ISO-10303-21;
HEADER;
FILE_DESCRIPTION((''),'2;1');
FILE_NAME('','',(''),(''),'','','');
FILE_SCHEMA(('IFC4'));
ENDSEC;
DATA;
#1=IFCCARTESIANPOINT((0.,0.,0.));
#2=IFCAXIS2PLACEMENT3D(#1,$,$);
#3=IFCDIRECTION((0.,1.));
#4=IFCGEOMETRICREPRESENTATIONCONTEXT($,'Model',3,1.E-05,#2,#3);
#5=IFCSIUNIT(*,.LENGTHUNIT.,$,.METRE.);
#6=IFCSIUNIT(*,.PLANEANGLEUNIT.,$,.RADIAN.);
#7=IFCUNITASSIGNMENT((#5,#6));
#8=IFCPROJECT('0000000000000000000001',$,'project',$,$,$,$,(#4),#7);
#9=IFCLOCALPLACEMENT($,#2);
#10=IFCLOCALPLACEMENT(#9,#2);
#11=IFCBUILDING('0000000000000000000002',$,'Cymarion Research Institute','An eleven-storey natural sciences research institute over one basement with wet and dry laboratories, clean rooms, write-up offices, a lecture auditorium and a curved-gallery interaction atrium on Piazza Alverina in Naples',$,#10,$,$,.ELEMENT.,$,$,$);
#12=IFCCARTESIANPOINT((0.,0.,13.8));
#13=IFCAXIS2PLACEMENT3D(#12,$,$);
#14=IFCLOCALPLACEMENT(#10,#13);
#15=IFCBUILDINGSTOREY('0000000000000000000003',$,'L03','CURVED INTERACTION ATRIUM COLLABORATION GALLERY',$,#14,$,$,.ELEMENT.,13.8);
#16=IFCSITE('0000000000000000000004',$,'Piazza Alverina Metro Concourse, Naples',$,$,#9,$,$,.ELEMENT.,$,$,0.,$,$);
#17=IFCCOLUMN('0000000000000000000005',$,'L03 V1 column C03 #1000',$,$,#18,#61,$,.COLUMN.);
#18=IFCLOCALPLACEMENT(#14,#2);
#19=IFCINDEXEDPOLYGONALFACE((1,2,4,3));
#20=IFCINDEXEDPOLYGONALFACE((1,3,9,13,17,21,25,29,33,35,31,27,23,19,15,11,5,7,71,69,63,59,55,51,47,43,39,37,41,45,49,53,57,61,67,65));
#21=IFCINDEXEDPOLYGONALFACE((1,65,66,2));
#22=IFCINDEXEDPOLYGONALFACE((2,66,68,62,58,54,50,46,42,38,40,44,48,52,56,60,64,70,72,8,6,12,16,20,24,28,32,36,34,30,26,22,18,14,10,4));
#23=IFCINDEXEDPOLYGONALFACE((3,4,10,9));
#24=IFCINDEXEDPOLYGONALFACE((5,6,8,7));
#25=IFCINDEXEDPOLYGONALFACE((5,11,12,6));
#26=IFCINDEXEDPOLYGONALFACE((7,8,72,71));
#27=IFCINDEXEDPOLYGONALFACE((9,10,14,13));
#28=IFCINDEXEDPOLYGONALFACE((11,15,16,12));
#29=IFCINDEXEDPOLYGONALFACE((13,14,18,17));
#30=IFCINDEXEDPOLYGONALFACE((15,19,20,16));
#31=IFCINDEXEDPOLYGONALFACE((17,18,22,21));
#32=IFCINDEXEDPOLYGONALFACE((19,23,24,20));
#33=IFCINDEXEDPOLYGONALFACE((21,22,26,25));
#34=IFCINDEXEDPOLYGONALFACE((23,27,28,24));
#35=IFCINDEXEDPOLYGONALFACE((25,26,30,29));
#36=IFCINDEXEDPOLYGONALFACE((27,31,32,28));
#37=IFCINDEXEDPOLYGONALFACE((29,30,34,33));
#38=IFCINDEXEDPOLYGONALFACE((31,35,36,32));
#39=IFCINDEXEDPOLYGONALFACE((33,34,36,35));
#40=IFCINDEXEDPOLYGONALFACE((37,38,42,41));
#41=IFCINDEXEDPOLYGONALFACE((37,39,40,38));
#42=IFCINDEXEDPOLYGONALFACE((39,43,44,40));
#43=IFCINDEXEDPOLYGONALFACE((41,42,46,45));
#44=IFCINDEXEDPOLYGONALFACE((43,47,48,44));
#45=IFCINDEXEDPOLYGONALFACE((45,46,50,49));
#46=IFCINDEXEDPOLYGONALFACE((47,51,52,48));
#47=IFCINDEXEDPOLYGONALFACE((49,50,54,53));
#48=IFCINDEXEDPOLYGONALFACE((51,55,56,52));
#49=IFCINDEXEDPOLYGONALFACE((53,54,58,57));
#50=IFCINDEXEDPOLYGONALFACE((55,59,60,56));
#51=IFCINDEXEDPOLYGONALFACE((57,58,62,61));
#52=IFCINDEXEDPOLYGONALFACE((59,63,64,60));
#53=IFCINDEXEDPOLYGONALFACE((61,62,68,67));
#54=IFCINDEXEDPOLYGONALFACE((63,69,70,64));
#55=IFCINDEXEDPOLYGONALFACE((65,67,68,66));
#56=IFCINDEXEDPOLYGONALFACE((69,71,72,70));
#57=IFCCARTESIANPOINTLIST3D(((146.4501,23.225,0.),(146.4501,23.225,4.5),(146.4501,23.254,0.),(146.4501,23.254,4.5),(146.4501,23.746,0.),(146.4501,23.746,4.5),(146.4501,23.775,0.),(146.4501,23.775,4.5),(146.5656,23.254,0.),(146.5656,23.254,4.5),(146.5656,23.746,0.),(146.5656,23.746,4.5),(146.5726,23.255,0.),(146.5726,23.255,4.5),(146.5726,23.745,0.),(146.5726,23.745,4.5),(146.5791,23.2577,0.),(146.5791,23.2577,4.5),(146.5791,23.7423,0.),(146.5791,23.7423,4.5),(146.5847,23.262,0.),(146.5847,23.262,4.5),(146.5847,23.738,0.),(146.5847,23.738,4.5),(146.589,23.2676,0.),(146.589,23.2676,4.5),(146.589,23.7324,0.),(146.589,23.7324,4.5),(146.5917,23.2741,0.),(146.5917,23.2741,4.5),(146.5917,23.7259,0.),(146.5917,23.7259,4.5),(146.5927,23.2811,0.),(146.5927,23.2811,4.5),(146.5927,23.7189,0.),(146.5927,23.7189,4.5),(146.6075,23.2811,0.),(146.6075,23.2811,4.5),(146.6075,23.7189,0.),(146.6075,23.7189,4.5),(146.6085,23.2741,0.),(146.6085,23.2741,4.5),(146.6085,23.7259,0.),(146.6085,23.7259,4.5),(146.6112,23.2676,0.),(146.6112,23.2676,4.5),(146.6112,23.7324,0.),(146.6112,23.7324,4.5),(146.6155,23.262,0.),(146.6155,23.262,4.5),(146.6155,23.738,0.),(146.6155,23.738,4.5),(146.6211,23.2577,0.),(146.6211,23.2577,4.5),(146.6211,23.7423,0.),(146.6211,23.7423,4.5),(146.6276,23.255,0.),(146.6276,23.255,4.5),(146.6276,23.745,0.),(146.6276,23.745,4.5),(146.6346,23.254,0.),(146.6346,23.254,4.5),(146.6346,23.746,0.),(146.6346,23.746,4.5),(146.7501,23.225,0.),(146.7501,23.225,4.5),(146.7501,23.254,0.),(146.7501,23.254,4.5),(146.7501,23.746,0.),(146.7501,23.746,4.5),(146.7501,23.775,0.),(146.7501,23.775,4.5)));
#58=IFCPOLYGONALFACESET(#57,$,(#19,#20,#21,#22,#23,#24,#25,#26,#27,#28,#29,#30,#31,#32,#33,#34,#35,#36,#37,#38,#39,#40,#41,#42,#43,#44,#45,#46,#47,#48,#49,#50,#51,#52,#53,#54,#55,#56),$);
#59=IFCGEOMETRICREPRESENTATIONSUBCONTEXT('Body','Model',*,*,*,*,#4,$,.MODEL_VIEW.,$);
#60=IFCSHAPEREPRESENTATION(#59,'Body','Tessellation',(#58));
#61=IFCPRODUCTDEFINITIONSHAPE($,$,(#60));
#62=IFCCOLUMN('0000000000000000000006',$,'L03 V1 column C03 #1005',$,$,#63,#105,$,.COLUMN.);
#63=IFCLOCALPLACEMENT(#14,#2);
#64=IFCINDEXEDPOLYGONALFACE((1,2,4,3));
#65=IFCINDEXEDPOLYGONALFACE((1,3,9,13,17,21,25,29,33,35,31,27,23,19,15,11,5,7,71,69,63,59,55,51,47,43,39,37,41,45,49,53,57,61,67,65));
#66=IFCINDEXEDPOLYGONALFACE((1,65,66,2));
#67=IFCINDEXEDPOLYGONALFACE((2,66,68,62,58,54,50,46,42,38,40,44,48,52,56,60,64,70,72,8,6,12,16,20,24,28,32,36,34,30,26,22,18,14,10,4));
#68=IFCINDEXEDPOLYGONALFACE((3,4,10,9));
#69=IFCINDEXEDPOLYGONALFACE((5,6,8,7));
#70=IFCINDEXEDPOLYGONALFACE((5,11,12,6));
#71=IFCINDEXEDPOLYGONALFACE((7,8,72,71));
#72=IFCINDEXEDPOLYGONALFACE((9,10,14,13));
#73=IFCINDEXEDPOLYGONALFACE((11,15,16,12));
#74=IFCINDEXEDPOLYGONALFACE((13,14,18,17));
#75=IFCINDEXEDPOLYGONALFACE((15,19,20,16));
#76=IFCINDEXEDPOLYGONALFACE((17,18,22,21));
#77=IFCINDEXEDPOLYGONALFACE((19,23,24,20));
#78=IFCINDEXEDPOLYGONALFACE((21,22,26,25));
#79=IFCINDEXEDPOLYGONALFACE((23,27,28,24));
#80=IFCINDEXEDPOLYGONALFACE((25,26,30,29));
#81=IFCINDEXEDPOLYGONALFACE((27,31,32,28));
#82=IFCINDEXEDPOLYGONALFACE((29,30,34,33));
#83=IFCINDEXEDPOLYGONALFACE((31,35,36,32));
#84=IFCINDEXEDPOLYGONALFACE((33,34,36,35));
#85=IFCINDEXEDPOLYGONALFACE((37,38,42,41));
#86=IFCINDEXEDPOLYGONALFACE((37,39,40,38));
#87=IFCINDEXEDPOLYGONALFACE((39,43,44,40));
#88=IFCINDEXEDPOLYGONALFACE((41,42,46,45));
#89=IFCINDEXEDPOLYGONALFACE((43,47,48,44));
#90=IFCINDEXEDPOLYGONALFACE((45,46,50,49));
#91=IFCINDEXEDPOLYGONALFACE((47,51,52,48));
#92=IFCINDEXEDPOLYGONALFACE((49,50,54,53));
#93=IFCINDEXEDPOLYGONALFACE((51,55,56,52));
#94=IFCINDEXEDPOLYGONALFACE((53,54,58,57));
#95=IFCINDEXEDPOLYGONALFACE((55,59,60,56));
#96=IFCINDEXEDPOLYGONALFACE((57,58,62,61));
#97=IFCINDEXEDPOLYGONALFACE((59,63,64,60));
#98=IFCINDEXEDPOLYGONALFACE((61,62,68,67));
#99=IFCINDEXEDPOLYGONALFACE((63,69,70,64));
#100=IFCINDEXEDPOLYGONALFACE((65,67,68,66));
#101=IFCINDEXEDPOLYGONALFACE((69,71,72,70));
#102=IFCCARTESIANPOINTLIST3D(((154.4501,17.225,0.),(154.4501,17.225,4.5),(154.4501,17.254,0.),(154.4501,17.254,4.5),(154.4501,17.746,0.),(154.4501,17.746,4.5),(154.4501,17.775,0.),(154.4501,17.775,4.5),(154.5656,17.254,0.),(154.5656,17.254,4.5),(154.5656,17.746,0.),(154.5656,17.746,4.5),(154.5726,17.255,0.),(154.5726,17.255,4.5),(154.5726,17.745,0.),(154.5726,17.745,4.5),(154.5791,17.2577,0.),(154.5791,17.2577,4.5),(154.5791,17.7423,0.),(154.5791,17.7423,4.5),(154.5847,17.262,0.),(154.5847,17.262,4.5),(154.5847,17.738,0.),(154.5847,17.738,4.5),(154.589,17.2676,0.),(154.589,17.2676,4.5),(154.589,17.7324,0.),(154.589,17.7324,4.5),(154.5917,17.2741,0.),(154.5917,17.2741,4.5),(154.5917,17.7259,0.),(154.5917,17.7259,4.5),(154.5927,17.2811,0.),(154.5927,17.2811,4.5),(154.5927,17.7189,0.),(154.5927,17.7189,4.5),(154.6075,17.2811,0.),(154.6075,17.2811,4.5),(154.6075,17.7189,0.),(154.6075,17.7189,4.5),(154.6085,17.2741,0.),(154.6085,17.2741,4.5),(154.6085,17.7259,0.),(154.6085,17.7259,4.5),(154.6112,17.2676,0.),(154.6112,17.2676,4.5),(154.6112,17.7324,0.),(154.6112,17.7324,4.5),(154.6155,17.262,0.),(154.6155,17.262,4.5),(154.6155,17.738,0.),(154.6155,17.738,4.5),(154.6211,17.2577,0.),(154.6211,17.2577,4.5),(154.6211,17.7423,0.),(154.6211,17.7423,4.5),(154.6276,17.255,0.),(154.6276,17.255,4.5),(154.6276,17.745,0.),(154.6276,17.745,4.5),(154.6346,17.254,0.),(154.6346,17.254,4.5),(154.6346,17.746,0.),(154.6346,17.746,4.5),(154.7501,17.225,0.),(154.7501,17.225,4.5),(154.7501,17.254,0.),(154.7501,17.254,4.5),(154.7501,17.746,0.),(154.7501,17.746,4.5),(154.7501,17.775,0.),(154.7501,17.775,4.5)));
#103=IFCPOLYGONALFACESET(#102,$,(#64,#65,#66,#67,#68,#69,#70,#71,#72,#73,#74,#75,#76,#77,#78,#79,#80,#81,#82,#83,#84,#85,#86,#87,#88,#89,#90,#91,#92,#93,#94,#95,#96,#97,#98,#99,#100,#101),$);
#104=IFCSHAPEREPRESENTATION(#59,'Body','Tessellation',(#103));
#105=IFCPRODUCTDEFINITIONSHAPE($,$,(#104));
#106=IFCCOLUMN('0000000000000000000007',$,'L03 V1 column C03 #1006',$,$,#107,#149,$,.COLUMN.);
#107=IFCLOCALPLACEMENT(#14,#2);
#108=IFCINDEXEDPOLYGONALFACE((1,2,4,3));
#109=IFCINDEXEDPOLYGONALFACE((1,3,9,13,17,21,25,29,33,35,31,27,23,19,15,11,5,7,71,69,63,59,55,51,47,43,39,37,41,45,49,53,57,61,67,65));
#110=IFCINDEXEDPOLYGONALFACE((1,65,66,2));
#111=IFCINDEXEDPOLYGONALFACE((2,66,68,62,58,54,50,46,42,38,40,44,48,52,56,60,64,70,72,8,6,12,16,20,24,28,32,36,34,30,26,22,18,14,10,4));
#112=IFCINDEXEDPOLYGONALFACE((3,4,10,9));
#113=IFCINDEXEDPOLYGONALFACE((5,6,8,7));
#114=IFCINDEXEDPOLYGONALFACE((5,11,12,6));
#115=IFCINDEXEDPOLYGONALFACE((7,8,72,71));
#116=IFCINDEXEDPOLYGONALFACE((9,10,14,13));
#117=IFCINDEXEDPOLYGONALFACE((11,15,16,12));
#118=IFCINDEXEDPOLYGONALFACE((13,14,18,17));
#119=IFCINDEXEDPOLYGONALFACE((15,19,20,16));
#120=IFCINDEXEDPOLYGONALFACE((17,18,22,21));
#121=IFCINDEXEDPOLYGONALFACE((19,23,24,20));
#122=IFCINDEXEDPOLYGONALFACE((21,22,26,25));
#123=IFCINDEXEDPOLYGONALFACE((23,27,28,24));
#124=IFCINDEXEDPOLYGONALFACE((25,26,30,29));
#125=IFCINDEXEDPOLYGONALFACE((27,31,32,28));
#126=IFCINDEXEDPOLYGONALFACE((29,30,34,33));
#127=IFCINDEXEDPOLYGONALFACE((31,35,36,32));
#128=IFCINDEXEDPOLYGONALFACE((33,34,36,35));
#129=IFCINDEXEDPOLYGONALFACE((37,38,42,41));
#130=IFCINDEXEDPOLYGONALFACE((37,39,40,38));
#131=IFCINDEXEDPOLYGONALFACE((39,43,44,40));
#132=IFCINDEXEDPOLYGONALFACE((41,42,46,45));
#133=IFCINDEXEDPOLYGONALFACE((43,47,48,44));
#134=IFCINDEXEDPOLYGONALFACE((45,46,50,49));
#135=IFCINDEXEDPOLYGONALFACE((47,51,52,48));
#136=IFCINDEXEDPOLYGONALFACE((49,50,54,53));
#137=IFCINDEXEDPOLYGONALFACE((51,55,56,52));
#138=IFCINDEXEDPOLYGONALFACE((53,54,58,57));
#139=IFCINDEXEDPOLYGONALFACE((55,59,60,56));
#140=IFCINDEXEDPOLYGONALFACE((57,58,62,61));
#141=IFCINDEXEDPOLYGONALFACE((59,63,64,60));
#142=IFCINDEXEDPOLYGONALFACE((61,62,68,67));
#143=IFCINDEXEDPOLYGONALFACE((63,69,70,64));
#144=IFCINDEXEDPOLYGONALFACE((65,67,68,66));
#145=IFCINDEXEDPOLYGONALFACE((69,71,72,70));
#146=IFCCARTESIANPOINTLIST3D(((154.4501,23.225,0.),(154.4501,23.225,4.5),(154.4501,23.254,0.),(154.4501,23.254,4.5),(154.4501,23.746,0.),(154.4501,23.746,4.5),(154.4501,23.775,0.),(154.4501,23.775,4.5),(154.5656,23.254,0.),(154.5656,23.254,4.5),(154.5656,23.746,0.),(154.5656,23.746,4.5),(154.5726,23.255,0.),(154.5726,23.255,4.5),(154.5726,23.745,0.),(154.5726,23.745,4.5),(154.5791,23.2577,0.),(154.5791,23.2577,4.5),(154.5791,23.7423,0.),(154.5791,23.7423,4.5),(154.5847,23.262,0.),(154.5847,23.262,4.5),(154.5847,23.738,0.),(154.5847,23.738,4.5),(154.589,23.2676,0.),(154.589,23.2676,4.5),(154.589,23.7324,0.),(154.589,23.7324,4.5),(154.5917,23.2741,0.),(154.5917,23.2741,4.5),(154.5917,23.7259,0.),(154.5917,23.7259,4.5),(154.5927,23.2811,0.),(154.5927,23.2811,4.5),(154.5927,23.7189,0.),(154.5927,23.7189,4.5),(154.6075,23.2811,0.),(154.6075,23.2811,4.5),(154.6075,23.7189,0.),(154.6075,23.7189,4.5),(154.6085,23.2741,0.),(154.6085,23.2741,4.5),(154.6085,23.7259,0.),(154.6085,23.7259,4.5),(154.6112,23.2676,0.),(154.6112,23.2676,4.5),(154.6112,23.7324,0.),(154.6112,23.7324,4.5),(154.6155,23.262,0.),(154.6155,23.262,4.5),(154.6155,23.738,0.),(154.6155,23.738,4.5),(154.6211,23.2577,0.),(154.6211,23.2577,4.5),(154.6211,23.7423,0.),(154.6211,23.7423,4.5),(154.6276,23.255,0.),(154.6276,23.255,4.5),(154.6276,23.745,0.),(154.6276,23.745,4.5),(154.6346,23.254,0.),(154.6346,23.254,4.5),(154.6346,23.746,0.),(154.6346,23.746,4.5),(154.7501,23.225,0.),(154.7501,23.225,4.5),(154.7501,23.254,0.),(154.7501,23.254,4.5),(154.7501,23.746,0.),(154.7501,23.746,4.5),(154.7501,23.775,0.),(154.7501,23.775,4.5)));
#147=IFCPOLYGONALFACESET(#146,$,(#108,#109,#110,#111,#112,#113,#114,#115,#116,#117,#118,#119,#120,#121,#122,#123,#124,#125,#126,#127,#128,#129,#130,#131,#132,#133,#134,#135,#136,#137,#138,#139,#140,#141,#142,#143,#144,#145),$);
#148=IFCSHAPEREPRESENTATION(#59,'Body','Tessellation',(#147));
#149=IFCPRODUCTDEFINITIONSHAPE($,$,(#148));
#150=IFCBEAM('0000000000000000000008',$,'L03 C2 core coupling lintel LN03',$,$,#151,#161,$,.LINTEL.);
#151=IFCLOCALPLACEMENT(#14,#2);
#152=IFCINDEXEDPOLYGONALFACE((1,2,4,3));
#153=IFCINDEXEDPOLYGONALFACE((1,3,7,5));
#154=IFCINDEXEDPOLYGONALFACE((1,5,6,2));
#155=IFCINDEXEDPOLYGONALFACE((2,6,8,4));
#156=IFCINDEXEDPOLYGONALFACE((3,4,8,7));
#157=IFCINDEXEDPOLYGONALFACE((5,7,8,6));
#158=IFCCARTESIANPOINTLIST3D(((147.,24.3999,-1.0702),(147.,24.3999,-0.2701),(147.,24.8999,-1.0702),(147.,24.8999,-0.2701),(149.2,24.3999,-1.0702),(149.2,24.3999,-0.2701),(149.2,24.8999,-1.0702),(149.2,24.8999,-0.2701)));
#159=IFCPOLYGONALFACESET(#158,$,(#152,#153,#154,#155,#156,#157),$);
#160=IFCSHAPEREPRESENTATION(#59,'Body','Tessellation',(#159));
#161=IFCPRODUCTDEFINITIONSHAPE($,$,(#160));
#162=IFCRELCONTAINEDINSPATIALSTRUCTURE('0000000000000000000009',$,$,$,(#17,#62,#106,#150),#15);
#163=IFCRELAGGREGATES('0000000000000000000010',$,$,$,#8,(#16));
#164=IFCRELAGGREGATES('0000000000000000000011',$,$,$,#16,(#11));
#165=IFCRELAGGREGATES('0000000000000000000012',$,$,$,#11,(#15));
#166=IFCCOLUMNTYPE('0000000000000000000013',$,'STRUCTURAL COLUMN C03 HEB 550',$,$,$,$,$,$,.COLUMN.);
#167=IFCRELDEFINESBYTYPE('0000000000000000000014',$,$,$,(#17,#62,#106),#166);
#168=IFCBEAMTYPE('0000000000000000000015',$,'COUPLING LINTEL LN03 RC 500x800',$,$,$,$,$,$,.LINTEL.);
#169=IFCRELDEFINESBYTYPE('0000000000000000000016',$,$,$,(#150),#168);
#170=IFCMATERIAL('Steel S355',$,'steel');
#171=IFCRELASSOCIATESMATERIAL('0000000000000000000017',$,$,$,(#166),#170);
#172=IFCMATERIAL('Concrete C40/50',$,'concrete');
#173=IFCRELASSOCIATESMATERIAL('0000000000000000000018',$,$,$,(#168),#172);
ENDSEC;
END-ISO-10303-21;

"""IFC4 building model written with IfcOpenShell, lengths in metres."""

from ifc_helpers import new_model, si_unit, direction, frame, origin, origin_2d, place, context, subcontext, project, spatial, rectangle, i_section, extrude, material, material_profile, profile_set, type_object, element, save


model = new_model("IFC4")

# Units and contexts
model_context = context("Model", 3, precision=1e-05, world=origin(), true_north=direction((0.0, 1.0)))
body_context = subcontext(model_context, "Body", "Model", "MODEL_VIEW")
ifc_project = project(units=[si_unit("LENGTHUNIT", "METRE"), si_unit("PLANEANGLEUNIT", "RADIAN")], contexts=[model_context])

# Site, building, storey
site_placement = place(None, origin())
site = spatial("IfcSite", under=ifc_project, at=site_placement, Name="Piazza Alverina Metro Concourse, Naples", CompositionType="ELEMENT", RefElevation=0.0)
building_placement = place(site_placement, origin())
building = spatial("IfcBuilding", under=site, at=building_placement, Name="Cymarion Research Institute", Description="An eleven-storey natural sciences research institute over one basement with wet and dry laboratories, clean rooms, write-up offices, a lecture auditorium and a curved-gallery interaction atrium on Piazza Alverina in Naples", CompositionType="ELEMENT")
storey_placement = place(building_placement, frame((0.0, 0.0, 13.8)))
storey = spatial("IfcBuildingStorey", under=building, at=storey_placement, Name="L03", Description="CURVED INTERACTION ATRIUM COLLABORATION GALLERY", CompositionType="ELEMENT", Elevation=13.8)

# Columns
ifc_material_1 = material(Name="Steel S355", Category="steel")
ifc_material_profile_1 = material_profile(ifc_material_1, i_section(OverallWidth=0.3, OverallDepth=0.55, WebThickness=0.0149, FlangeThickness=0.0291, FilletRadius=0.0271, at=origin_2d()), Name="HEB 550")
ifc_profile_set_1 = profile_set([ifc_material_profile_1], Name="Steel S355")
column_type = type_object("IfcColumnType", Name="STRUCTURAL COLUMN C03 HEB 550", PredefinedType="COLUMN", material=ifc_profile_set_1)
for number, where, z_axis, x_axis, name in (
    (1, (146.6001, 23.5, 0.0), (0.0, 0.0, 1.0), (1.0, 0.0, 0.0), "L03 V1 column C03 #1000"),
    (2, (154.6001, 17.5, 0.0), (0.0, 0.0, 1.0), (1.0, 0.0, 0.0), "L03 V1 column C03 #1005"),
    (3, (154.6001, 23.5, 0.0), (0.0, 0.0, 1.0), (1.0, 0.0, 0.0), "L03 V1 column C03 #1006"),
):
    element("IfcColumn", number, at=place(storey_placement, frame(where, z_axis=z_axis, x_axis=x_axis)), inside=storey, type_object=column_type, Name=name, PredefinedType="COLUMN", context=body_context, shape_type="SweptSolid", body=[
        extrude(i_section(OverallWidth=0.3, OverallDepth=0.55, WebThickness=0.0149, FlangeThickness=0.0291, FilletRadius=0.0271, at=origin_2d()), origin(), (0.0, 0.0, 1.0), 4.5),
    ])

# Beam
ifc_material_2 = material(Name="Concrete C40/50", Category="concrete")
ifc_material_profile_2 = material_profile(ifc_material_2, rectangle(XDim=0.5, YDim=0.8, at=origin_2d()), Name="RC 500x800")
ifc_profile_set_2 = profile_set([ifc_material_profile_2], Name="Concrete C40/50")
beam_type_1 = type_object("IfcBeamType", Name="COUPLING LINTEL LN03 RC 500x800", PredefinedType="LINTEL", material=ifc_profile_set_2)
beam_1_placement = place(storey_placement, frame((147.0, 24.6499, -0.6702), z_axis=(1.0, 0.0, 0.0), x_axis=(0.0, 1.0, 0.0)))
element("IfcBeam", 4, at=beam_1_placement, inside=storey, type_object=beam_type_1, Name="L03 C2 core coupling lintel LN03", PredefinedType="LINTEL", context=body_context, shape_type="SweptSolid", body=[
    extrude(rectangle(XDim=0.5, YDim=0.8, at=origin_2d()), origin(), (0.0, 0.0, 1.0), 2.2),
])

save(model, "model.ifc")
